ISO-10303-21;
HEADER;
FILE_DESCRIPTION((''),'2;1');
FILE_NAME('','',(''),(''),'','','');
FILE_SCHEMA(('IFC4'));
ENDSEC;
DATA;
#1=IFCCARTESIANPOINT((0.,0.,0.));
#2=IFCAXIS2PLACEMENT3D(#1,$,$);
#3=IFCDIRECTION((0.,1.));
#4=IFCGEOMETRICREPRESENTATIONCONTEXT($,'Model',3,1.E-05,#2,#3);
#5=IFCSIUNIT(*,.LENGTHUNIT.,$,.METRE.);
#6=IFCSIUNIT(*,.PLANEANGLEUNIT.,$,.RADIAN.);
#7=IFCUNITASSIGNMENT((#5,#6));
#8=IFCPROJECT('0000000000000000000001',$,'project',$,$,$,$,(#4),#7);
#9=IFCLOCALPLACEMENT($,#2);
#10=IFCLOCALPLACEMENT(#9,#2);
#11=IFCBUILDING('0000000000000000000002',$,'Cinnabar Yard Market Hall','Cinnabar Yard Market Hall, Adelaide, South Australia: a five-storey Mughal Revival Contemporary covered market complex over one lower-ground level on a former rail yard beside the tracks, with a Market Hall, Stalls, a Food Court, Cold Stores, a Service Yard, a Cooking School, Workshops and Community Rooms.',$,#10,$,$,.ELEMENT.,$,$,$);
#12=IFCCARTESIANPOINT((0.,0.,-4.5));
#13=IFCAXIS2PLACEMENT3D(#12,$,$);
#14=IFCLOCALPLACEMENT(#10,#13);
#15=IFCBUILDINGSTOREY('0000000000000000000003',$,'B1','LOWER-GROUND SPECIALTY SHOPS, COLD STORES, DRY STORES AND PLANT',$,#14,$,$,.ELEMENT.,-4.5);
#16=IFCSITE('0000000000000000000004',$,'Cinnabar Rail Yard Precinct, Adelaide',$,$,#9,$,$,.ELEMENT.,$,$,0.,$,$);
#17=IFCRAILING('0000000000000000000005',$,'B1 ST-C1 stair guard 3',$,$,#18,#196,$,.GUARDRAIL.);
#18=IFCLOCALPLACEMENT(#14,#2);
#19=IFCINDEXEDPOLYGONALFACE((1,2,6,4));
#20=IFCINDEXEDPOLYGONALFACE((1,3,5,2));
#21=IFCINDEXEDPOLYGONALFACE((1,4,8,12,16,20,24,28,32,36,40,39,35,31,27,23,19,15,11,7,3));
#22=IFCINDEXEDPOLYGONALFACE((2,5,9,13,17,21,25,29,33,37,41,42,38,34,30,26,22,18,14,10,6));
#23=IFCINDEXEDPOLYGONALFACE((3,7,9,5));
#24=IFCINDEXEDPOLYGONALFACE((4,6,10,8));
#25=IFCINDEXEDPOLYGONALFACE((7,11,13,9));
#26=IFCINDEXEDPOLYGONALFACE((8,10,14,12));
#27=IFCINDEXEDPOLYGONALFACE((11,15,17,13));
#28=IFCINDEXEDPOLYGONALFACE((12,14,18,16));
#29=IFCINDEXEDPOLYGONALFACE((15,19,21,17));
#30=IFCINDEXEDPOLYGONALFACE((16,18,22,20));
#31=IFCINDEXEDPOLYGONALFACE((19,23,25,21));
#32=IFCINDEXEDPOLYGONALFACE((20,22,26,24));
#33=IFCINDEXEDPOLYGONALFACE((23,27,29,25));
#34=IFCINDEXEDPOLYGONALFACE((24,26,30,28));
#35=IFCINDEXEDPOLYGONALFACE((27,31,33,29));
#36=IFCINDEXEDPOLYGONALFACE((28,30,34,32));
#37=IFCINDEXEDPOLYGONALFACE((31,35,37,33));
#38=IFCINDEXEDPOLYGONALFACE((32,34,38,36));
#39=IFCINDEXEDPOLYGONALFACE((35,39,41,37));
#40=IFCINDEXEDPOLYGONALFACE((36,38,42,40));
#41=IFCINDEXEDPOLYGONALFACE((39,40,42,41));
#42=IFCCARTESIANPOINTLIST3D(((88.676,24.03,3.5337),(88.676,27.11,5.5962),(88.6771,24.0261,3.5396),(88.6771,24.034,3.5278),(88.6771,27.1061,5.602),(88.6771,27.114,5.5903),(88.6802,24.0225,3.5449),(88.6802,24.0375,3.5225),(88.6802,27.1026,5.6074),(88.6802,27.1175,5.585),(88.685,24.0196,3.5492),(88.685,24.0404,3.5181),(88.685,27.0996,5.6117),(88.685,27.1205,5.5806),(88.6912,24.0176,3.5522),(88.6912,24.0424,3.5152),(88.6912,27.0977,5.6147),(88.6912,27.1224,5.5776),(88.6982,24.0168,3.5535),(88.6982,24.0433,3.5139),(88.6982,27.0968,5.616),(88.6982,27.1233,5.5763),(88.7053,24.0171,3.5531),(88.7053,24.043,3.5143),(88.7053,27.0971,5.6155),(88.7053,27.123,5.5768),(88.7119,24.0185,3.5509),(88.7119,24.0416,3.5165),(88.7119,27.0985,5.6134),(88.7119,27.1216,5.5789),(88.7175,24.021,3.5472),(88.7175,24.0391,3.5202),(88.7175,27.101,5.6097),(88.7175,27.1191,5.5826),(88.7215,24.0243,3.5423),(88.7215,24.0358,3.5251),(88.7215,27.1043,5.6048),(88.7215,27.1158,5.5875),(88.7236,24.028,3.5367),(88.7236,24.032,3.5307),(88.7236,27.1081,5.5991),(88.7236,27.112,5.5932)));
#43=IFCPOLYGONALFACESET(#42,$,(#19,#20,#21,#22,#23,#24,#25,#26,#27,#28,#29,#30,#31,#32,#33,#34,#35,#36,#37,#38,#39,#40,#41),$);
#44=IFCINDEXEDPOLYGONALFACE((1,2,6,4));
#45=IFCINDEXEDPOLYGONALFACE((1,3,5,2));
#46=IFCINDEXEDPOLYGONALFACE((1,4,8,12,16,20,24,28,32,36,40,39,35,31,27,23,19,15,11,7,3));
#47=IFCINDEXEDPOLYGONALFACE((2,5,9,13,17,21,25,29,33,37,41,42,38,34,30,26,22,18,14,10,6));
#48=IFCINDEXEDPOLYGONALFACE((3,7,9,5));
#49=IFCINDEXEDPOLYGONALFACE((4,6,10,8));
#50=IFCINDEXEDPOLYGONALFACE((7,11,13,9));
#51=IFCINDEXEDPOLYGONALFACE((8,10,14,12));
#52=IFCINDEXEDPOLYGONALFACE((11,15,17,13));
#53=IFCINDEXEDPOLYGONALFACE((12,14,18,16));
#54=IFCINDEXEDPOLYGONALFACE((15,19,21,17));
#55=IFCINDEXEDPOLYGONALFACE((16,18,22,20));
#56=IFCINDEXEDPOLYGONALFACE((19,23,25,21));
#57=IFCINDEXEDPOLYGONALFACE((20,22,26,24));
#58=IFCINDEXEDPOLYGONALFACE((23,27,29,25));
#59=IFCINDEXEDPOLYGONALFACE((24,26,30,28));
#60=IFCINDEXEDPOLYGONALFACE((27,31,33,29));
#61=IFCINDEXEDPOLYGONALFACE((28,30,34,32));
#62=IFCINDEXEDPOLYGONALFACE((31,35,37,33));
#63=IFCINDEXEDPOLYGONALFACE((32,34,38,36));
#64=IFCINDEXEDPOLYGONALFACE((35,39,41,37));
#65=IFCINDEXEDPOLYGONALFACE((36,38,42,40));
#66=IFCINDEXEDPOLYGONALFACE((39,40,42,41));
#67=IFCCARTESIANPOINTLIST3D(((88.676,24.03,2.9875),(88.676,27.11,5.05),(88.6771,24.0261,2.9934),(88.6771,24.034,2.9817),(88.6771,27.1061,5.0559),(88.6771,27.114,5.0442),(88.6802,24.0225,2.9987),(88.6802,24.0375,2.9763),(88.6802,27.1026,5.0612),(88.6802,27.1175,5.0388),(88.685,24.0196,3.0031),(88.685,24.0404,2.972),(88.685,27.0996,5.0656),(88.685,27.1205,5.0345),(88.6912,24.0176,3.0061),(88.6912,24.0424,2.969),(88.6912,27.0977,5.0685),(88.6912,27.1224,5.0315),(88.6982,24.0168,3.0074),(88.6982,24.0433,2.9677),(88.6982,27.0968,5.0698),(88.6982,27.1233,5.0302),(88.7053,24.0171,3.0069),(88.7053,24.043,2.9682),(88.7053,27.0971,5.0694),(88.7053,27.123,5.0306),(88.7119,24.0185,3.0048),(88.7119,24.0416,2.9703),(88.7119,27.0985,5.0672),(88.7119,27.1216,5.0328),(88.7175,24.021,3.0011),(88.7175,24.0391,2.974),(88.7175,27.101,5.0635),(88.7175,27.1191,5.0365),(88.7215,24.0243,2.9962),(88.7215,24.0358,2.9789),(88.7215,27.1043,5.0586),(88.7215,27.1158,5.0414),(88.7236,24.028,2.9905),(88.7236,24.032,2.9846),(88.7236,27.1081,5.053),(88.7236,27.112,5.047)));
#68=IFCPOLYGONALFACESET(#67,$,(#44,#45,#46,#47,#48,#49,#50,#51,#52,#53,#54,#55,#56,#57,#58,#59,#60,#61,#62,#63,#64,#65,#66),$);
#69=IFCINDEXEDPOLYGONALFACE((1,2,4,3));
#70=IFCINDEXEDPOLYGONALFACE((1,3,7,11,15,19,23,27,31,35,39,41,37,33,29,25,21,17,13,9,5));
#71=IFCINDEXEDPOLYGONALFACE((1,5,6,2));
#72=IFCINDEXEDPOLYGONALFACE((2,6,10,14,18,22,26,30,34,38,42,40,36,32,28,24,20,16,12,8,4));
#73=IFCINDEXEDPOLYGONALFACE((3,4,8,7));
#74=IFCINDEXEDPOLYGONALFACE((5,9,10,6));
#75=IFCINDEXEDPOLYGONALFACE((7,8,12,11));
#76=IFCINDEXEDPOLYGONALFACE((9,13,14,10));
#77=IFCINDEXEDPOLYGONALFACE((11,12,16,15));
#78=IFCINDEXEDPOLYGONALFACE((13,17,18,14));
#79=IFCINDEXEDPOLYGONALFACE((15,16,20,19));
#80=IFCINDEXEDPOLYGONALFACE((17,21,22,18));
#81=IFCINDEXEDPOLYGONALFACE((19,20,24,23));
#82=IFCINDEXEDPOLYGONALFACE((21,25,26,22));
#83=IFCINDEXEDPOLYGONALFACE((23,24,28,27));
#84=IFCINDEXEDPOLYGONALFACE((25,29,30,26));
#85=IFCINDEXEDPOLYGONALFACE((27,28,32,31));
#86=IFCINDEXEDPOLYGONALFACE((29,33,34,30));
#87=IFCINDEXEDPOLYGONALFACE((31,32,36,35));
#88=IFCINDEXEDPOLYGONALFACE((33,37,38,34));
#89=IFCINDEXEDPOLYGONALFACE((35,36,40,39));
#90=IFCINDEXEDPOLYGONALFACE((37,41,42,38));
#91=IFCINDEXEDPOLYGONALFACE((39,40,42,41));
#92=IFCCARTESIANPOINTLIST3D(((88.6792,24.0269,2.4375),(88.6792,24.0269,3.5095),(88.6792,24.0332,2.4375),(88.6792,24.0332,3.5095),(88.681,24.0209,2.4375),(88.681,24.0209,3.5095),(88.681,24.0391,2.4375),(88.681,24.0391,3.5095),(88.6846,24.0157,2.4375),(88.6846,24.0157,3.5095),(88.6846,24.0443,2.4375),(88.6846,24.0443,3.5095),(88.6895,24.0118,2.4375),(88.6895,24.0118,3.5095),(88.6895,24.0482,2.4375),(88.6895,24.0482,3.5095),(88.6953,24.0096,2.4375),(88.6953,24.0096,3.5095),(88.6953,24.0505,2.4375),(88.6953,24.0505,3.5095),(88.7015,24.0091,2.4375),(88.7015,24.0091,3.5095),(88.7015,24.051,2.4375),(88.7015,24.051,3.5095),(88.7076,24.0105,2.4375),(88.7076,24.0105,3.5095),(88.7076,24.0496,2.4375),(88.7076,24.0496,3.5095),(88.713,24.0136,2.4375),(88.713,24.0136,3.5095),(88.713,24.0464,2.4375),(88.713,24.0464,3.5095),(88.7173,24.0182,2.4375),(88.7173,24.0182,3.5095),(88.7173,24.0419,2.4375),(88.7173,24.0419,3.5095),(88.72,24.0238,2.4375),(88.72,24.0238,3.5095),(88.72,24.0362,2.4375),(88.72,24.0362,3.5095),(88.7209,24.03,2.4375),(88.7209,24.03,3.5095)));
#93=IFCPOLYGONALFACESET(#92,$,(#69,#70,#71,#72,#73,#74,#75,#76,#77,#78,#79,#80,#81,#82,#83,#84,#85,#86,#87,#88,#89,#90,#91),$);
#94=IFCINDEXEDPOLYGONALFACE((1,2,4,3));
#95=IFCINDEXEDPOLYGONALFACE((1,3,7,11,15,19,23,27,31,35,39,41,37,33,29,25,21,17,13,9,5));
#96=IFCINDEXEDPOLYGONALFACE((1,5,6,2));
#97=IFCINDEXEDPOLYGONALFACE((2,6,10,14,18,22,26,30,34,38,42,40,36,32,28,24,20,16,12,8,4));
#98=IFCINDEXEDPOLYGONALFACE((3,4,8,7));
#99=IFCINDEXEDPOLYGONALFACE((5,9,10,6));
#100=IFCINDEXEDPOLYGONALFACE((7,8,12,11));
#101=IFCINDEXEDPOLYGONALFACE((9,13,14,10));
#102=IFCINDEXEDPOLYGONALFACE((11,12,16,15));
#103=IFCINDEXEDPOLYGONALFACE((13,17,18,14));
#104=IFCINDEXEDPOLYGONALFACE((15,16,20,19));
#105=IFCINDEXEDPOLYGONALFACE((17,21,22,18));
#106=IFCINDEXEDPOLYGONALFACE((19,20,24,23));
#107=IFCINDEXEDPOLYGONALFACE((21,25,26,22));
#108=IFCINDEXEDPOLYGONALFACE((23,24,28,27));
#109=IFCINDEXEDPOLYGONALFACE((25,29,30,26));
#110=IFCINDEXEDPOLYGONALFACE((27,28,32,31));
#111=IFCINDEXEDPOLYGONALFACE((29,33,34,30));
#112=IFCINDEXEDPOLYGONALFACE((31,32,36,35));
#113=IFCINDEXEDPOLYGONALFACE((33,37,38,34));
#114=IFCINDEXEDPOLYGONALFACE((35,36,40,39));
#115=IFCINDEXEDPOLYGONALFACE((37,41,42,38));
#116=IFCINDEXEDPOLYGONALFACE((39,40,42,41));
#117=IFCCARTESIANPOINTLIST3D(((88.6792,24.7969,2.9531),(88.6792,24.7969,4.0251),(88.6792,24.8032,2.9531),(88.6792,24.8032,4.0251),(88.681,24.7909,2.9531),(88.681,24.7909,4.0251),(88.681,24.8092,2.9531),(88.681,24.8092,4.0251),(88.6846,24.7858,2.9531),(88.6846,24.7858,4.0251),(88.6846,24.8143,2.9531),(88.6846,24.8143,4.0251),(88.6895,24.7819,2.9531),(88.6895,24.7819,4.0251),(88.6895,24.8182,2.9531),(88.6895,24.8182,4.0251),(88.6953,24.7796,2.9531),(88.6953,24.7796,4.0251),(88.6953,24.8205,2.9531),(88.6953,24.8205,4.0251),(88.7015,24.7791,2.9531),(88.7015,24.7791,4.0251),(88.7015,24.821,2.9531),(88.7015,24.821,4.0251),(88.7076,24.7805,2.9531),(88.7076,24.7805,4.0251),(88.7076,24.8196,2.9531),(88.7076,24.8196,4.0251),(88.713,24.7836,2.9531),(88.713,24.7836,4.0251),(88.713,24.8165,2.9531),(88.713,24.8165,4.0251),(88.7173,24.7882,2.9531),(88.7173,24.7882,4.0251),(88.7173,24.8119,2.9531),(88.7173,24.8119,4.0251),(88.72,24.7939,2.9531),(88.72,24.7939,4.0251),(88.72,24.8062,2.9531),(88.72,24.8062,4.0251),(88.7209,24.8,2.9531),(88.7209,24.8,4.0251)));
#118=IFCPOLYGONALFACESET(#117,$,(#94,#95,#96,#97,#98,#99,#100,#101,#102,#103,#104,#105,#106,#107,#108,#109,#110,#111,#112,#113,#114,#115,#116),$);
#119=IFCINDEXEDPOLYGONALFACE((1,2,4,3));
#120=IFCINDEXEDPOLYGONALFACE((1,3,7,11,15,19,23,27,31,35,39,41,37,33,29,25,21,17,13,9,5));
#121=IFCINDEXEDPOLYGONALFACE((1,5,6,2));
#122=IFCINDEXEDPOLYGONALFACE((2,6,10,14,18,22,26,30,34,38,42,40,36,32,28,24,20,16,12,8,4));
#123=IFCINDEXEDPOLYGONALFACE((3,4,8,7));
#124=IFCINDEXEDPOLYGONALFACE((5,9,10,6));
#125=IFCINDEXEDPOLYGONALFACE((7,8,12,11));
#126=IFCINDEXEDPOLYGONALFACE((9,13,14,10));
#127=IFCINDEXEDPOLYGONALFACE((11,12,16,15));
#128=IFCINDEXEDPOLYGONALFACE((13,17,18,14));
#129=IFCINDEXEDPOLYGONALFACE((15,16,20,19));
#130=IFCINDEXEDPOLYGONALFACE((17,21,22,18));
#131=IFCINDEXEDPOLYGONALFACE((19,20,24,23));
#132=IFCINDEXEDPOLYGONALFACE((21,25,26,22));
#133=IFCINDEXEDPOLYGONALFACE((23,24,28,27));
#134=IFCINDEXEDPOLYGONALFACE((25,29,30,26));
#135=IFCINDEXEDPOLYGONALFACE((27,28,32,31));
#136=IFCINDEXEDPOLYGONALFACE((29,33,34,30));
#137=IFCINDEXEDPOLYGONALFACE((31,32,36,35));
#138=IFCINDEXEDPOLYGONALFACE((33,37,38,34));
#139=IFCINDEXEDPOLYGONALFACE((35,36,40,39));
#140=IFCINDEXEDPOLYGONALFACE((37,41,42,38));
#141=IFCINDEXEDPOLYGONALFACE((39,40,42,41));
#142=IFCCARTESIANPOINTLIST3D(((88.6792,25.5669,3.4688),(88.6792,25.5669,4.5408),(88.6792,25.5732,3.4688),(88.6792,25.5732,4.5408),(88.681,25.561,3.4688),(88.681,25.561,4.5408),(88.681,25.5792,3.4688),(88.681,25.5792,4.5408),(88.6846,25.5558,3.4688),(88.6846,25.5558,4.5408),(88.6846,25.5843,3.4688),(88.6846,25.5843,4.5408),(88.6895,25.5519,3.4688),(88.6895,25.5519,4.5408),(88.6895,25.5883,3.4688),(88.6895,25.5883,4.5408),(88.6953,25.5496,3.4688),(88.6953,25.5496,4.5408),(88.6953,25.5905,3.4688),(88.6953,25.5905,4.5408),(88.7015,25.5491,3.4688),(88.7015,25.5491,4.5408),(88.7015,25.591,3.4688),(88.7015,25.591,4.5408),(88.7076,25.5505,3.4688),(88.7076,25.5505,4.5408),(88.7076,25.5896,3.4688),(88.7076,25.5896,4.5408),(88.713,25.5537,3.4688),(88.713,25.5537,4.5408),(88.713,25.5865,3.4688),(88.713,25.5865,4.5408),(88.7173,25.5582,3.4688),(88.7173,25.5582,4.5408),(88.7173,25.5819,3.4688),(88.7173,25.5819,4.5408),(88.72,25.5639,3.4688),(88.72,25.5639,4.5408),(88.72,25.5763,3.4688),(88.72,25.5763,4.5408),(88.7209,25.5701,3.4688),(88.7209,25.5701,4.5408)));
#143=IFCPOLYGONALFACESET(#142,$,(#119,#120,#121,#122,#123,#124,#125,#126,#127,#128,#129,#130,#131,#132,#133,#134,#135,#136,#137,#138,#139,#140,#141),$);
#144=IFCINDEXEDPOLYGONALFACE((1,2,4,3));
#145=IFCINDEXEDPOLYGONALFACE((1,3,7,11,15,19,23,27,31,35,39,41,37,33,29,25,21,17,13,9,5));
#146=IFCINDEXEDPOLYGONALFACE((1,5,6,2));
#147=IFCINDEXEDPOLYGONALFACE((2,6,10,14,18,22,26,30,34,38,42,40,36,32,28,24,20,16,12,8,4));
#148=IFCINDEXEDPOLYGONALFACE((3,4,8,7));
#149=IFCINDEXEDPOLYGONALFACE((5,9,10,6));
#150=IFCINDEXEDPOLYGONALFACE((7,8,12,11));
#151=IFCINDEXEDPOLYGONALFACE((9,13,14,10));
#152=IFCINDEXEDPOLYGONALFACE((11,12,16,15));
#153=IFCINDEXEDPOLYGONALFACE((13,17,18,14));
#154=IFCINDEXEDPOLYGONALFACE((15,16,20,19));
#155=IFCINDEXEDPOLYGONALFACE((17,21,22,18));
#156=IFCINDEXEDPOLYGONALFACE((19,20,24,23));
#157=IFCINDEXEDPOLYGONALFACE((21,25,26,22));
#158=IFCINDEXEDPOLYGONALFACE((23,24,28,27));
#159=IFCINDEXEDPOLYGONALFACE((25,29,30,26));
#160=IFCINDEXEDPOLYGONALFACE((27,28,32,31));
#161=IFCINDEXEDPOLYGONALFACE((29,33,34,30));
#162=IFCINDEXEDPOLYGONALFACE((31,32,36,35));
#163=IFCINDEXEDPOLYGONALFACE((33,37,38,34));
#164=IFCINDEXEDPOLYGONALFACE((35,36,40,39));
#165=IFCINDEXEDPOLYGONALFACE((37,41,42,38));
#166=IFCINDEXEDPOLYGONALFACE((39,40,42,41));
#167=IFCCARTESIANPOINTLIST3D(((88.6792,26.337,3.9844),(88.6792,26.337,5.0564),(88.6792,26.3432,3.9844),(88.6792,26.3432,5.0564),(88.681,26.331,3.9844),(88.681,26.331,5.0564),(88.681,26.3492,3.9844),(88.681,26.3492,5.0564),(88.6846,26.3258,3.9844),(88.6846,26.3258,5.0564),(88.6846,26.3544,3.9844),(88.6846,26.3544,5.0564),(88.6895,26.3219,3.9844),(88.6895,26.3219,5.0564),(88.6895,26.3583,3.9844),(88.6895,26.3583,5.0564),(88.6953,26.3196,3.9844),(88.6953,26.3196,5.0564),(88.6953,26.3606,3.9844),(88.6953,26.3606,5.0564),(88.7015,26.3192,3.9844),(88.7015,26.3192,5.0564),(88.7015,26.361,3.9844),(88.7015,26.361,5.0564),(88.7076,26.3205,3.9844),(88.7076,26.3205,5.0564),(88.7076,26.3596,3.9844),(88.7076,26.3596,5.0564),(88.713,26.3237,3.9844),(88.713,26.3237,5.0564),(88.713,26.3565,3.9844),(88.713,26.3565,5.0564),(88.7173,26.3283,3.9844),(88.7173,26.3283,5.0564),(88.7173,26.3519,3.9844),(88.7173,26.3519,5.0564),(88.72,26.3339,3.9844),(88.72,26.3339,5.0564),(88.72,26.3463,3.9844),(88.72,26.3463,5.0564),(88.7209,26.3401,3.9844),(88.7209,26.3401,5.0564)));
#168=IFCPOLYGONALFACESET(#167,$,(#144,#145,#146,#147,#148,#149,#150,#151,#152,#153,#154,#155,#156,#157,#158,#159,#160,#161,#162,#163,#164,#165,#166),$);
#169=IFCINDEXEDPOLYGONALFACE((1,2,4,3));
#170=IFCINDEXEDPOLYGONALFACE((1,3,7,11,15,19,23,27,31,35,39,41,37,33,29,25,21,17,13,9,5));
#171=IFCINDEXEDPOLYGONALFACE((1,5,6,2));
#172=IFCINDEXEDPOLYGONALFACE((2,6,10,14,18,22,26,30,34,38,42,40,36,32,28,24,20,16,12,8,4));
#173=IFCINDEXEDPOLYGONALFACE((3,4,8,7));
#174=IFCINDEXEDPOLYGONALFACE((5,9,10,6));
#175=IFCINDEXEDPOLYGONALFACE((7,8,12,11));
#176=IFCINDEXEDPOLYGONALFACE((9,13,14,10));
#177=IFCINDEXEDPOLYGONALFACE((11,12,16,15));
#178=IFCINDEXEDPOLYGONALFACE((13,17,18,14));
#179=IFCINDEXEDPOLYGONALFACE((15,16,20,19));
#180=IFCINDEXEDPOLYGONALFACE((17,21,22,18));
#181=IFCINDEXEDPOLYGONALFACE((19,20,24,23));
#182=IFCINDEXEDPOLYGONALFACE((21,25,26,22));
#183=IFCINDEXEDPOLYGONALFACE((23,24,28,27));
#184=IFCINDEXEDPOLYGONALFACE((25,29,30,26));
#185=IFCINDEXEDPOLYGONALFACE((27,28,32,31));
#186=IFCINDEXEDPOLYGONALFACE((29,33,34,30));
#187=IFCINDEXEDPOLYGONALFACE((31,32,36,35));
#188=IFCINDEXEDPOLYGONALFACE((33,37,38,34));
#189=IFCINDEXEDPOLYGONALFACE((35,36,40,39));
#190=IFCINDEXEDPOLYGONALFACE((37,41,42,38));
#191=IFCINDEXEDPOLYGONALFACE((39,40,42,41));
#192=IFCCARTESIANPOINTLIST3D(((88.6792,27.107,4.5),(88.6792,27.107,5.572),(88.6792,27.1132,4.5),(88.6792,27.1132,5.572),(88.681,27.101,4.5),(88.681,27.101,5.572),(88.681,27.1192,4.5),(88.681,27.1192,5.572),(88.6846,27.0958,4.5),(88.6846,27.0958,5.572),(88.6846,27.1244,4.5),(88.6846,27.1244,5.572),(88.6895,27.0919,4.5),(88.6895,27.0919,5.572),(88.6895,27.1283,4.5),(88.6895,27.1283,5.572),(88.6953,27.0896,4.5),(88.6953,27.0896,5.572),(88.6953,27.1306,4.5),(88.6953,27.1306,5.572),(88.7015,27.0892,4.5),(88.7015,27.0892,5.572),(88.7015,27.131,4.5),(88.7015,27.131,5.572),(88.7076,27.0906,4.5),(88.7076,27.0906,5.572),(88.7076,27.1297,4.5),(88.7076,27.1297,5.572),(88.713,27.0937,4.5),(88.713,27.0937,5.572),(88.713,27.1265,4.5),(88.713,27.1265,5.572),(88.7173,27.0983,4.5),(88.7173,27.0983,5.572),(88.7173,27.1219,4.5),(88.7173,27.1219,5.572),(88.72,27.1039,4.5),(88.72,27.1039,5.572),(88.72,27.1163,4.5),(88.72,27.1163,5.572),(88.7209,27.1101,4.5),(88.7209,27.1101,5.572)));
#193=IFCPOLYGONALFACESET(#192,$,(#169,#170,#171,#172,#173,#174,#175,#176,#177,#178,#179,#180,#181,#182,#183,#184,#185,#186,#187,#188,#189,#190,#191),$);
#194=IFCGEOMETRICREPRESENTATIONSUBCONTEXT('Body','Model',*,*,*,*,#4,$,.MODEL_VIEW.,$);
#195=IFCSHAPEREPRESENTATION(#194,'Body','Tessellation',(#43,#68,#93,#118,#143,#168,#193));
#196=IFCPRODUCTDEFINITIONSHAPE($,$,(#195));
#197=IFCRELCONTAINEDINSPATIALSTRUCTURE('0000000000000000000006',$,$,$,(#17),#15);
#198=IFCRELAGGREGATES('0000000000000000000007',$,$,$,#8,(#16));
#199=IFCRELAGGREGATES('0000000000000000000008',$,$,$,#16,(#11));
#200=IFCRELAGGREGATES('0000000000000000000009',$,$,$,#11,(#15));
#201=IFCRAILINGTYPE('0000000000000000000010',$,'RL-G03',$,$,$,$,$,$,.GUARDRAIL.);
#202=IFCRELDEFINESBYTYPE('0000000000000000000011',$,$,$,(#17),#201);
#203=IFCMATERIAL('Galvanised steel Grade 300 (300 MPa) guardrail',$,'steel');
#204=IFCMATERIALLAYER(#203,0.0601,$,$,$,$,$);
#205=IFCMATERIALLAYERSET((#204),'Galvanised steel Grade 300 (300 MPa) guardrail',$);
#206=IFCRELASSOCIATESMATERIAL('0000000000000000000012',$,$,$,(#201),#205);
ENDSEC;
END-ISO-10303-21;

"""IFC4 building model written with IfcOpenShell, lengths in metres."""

from ifc_helpers import new_model, si_unit, direction, frame, origin, origin_2d_with_axis, place, context, subcontext, project, spatial, circle, extrude, material, layer, layer_set, type_object, element, save


model = new_model("IFC4")

# Units and contexts
model_context = context("Model", 3, precision=1e-05, world=origin(), true_north=direction((0.0, 1.0)))
body_context = subcontext(model_context, "Body", "Model", "MODEL_VIEW")
ifc_project = project(units=[si_unit("LENGTHUNIT", "METRE"), si_unit("PLANEANGLEUNIT", "RADIAN")], contexts=[model_context])

# Site, building, storey
site_placement = place(None, origin())
site = spatial("IfcSite", under=ifc_project, at=site_placement, Name="Cinnabar Rail Yard Precinct, Adelaide", CompositionType="ELEMENT", RefElevation=0.0)
building_placement = place(site_placement, origin())
building = spatial("IfcBuilding", under=site, at=building_placement, Name="Cinnabar Yard Market Hall", Description="Cinnabar Yard Market Hall, Adelaide, South Australia: a five-storey Mughal Revival Contemporary covered market complex over one lower-ground level on a former rail yard beside the tracks, with a Market Hall, Stalls, a Food Court, Cold Stores, a Service Yard, a Cooking School, Workshops and Community Rooms.", CompositionType="ELEMENT")
storey_placement = place(building_placement, frame((0.0, 0.0, -4.5)))
storey = spatial("IfcBuildingStorey", under=building, at=storey_placement, Name="B1", Description="LOWER-GROUND SPECIALTY SHOPS, COLD STORES, DRY STORES AND PLANT", CompositionType="ELEMENT", Elevation=-4.5)

# Railing
ifc_material_1 = material(Name="Galvanised steel Grade 300 (300 MPa) guardrail", Category="steel")
ifc_layer_1 = layer(ifc_material_1, 0.0601)
ifc_layer_set_1 = layer_set([ifc_layer_1], Name="Galvanised steel Grade 300 (300 MPa) guardrail")
railing_type_1 = type_object("IfcRailingType", Name="RL-G03", PredefinedType="GUARDRAIL", material=ifc_layer_set_1)
railing_1_placement = place(storey_placement, frame((88.7, 24.03, 2.4375)))
element("IfcRailing", 1, at=railing_1_placement, inside=storey, type_object=railing_type_1, Name="B1 ST-C1 stair guard 3", PredefinedType="GUARDRAIL", context=body_context, shape_type="SweptSolid", body=[
    extrude(circle(Radius=0.0239, at=origin_2d_with_axis()), frame((0.0, 0.0, 1.0962), z_axis=(0.0, 0.830914, 0.556401), x_axis=(-1.0, 0.0, 0.0)), (0.0, 0.0, 1.0), 3.7068),
    extrude(circle(Radius=0.0239, at=origin_2d_with_axis()), frame((0.0, 0.0, 0.55), z_axis=(0.0, 0.830914, 0.556401), x_axis=(-1.0, 0.0, 0.0)), (0.0, 0.0, 1.0), 3.7068),
    extrude(circle(Radius=0.021, at=origin_2d_with_axis()), origin(), (0.0, 0.0, 1.0), 1.072),
    extrude(circle(Radius=0.021, at=origin_2d_with_axis()), frame((0.0, 0.77, 0.5156)), (0.0, 0.0, 1.0), 1.072),
    extrude(circle(Radius=0.021, at=origin_2d_with_axis()), frame((0.0, 1.54, 1.0312)), (0.0, 0.0, 1.0), 1.072),
    extrude(circle(Radius=0.021, at=origin_2d_with_axis()), frame((0.0, 2.3101, 1.5469)), (0.0, 0.0, 1.0), 1.072),
    extrude(circle(Radius=0.021, at=origin_2d_with_axis()), frame((0.0, 3.0801, 2.0625)), (0.0, 0.0, 1.0), 1.072),
])

save(model, "model.ifc")
